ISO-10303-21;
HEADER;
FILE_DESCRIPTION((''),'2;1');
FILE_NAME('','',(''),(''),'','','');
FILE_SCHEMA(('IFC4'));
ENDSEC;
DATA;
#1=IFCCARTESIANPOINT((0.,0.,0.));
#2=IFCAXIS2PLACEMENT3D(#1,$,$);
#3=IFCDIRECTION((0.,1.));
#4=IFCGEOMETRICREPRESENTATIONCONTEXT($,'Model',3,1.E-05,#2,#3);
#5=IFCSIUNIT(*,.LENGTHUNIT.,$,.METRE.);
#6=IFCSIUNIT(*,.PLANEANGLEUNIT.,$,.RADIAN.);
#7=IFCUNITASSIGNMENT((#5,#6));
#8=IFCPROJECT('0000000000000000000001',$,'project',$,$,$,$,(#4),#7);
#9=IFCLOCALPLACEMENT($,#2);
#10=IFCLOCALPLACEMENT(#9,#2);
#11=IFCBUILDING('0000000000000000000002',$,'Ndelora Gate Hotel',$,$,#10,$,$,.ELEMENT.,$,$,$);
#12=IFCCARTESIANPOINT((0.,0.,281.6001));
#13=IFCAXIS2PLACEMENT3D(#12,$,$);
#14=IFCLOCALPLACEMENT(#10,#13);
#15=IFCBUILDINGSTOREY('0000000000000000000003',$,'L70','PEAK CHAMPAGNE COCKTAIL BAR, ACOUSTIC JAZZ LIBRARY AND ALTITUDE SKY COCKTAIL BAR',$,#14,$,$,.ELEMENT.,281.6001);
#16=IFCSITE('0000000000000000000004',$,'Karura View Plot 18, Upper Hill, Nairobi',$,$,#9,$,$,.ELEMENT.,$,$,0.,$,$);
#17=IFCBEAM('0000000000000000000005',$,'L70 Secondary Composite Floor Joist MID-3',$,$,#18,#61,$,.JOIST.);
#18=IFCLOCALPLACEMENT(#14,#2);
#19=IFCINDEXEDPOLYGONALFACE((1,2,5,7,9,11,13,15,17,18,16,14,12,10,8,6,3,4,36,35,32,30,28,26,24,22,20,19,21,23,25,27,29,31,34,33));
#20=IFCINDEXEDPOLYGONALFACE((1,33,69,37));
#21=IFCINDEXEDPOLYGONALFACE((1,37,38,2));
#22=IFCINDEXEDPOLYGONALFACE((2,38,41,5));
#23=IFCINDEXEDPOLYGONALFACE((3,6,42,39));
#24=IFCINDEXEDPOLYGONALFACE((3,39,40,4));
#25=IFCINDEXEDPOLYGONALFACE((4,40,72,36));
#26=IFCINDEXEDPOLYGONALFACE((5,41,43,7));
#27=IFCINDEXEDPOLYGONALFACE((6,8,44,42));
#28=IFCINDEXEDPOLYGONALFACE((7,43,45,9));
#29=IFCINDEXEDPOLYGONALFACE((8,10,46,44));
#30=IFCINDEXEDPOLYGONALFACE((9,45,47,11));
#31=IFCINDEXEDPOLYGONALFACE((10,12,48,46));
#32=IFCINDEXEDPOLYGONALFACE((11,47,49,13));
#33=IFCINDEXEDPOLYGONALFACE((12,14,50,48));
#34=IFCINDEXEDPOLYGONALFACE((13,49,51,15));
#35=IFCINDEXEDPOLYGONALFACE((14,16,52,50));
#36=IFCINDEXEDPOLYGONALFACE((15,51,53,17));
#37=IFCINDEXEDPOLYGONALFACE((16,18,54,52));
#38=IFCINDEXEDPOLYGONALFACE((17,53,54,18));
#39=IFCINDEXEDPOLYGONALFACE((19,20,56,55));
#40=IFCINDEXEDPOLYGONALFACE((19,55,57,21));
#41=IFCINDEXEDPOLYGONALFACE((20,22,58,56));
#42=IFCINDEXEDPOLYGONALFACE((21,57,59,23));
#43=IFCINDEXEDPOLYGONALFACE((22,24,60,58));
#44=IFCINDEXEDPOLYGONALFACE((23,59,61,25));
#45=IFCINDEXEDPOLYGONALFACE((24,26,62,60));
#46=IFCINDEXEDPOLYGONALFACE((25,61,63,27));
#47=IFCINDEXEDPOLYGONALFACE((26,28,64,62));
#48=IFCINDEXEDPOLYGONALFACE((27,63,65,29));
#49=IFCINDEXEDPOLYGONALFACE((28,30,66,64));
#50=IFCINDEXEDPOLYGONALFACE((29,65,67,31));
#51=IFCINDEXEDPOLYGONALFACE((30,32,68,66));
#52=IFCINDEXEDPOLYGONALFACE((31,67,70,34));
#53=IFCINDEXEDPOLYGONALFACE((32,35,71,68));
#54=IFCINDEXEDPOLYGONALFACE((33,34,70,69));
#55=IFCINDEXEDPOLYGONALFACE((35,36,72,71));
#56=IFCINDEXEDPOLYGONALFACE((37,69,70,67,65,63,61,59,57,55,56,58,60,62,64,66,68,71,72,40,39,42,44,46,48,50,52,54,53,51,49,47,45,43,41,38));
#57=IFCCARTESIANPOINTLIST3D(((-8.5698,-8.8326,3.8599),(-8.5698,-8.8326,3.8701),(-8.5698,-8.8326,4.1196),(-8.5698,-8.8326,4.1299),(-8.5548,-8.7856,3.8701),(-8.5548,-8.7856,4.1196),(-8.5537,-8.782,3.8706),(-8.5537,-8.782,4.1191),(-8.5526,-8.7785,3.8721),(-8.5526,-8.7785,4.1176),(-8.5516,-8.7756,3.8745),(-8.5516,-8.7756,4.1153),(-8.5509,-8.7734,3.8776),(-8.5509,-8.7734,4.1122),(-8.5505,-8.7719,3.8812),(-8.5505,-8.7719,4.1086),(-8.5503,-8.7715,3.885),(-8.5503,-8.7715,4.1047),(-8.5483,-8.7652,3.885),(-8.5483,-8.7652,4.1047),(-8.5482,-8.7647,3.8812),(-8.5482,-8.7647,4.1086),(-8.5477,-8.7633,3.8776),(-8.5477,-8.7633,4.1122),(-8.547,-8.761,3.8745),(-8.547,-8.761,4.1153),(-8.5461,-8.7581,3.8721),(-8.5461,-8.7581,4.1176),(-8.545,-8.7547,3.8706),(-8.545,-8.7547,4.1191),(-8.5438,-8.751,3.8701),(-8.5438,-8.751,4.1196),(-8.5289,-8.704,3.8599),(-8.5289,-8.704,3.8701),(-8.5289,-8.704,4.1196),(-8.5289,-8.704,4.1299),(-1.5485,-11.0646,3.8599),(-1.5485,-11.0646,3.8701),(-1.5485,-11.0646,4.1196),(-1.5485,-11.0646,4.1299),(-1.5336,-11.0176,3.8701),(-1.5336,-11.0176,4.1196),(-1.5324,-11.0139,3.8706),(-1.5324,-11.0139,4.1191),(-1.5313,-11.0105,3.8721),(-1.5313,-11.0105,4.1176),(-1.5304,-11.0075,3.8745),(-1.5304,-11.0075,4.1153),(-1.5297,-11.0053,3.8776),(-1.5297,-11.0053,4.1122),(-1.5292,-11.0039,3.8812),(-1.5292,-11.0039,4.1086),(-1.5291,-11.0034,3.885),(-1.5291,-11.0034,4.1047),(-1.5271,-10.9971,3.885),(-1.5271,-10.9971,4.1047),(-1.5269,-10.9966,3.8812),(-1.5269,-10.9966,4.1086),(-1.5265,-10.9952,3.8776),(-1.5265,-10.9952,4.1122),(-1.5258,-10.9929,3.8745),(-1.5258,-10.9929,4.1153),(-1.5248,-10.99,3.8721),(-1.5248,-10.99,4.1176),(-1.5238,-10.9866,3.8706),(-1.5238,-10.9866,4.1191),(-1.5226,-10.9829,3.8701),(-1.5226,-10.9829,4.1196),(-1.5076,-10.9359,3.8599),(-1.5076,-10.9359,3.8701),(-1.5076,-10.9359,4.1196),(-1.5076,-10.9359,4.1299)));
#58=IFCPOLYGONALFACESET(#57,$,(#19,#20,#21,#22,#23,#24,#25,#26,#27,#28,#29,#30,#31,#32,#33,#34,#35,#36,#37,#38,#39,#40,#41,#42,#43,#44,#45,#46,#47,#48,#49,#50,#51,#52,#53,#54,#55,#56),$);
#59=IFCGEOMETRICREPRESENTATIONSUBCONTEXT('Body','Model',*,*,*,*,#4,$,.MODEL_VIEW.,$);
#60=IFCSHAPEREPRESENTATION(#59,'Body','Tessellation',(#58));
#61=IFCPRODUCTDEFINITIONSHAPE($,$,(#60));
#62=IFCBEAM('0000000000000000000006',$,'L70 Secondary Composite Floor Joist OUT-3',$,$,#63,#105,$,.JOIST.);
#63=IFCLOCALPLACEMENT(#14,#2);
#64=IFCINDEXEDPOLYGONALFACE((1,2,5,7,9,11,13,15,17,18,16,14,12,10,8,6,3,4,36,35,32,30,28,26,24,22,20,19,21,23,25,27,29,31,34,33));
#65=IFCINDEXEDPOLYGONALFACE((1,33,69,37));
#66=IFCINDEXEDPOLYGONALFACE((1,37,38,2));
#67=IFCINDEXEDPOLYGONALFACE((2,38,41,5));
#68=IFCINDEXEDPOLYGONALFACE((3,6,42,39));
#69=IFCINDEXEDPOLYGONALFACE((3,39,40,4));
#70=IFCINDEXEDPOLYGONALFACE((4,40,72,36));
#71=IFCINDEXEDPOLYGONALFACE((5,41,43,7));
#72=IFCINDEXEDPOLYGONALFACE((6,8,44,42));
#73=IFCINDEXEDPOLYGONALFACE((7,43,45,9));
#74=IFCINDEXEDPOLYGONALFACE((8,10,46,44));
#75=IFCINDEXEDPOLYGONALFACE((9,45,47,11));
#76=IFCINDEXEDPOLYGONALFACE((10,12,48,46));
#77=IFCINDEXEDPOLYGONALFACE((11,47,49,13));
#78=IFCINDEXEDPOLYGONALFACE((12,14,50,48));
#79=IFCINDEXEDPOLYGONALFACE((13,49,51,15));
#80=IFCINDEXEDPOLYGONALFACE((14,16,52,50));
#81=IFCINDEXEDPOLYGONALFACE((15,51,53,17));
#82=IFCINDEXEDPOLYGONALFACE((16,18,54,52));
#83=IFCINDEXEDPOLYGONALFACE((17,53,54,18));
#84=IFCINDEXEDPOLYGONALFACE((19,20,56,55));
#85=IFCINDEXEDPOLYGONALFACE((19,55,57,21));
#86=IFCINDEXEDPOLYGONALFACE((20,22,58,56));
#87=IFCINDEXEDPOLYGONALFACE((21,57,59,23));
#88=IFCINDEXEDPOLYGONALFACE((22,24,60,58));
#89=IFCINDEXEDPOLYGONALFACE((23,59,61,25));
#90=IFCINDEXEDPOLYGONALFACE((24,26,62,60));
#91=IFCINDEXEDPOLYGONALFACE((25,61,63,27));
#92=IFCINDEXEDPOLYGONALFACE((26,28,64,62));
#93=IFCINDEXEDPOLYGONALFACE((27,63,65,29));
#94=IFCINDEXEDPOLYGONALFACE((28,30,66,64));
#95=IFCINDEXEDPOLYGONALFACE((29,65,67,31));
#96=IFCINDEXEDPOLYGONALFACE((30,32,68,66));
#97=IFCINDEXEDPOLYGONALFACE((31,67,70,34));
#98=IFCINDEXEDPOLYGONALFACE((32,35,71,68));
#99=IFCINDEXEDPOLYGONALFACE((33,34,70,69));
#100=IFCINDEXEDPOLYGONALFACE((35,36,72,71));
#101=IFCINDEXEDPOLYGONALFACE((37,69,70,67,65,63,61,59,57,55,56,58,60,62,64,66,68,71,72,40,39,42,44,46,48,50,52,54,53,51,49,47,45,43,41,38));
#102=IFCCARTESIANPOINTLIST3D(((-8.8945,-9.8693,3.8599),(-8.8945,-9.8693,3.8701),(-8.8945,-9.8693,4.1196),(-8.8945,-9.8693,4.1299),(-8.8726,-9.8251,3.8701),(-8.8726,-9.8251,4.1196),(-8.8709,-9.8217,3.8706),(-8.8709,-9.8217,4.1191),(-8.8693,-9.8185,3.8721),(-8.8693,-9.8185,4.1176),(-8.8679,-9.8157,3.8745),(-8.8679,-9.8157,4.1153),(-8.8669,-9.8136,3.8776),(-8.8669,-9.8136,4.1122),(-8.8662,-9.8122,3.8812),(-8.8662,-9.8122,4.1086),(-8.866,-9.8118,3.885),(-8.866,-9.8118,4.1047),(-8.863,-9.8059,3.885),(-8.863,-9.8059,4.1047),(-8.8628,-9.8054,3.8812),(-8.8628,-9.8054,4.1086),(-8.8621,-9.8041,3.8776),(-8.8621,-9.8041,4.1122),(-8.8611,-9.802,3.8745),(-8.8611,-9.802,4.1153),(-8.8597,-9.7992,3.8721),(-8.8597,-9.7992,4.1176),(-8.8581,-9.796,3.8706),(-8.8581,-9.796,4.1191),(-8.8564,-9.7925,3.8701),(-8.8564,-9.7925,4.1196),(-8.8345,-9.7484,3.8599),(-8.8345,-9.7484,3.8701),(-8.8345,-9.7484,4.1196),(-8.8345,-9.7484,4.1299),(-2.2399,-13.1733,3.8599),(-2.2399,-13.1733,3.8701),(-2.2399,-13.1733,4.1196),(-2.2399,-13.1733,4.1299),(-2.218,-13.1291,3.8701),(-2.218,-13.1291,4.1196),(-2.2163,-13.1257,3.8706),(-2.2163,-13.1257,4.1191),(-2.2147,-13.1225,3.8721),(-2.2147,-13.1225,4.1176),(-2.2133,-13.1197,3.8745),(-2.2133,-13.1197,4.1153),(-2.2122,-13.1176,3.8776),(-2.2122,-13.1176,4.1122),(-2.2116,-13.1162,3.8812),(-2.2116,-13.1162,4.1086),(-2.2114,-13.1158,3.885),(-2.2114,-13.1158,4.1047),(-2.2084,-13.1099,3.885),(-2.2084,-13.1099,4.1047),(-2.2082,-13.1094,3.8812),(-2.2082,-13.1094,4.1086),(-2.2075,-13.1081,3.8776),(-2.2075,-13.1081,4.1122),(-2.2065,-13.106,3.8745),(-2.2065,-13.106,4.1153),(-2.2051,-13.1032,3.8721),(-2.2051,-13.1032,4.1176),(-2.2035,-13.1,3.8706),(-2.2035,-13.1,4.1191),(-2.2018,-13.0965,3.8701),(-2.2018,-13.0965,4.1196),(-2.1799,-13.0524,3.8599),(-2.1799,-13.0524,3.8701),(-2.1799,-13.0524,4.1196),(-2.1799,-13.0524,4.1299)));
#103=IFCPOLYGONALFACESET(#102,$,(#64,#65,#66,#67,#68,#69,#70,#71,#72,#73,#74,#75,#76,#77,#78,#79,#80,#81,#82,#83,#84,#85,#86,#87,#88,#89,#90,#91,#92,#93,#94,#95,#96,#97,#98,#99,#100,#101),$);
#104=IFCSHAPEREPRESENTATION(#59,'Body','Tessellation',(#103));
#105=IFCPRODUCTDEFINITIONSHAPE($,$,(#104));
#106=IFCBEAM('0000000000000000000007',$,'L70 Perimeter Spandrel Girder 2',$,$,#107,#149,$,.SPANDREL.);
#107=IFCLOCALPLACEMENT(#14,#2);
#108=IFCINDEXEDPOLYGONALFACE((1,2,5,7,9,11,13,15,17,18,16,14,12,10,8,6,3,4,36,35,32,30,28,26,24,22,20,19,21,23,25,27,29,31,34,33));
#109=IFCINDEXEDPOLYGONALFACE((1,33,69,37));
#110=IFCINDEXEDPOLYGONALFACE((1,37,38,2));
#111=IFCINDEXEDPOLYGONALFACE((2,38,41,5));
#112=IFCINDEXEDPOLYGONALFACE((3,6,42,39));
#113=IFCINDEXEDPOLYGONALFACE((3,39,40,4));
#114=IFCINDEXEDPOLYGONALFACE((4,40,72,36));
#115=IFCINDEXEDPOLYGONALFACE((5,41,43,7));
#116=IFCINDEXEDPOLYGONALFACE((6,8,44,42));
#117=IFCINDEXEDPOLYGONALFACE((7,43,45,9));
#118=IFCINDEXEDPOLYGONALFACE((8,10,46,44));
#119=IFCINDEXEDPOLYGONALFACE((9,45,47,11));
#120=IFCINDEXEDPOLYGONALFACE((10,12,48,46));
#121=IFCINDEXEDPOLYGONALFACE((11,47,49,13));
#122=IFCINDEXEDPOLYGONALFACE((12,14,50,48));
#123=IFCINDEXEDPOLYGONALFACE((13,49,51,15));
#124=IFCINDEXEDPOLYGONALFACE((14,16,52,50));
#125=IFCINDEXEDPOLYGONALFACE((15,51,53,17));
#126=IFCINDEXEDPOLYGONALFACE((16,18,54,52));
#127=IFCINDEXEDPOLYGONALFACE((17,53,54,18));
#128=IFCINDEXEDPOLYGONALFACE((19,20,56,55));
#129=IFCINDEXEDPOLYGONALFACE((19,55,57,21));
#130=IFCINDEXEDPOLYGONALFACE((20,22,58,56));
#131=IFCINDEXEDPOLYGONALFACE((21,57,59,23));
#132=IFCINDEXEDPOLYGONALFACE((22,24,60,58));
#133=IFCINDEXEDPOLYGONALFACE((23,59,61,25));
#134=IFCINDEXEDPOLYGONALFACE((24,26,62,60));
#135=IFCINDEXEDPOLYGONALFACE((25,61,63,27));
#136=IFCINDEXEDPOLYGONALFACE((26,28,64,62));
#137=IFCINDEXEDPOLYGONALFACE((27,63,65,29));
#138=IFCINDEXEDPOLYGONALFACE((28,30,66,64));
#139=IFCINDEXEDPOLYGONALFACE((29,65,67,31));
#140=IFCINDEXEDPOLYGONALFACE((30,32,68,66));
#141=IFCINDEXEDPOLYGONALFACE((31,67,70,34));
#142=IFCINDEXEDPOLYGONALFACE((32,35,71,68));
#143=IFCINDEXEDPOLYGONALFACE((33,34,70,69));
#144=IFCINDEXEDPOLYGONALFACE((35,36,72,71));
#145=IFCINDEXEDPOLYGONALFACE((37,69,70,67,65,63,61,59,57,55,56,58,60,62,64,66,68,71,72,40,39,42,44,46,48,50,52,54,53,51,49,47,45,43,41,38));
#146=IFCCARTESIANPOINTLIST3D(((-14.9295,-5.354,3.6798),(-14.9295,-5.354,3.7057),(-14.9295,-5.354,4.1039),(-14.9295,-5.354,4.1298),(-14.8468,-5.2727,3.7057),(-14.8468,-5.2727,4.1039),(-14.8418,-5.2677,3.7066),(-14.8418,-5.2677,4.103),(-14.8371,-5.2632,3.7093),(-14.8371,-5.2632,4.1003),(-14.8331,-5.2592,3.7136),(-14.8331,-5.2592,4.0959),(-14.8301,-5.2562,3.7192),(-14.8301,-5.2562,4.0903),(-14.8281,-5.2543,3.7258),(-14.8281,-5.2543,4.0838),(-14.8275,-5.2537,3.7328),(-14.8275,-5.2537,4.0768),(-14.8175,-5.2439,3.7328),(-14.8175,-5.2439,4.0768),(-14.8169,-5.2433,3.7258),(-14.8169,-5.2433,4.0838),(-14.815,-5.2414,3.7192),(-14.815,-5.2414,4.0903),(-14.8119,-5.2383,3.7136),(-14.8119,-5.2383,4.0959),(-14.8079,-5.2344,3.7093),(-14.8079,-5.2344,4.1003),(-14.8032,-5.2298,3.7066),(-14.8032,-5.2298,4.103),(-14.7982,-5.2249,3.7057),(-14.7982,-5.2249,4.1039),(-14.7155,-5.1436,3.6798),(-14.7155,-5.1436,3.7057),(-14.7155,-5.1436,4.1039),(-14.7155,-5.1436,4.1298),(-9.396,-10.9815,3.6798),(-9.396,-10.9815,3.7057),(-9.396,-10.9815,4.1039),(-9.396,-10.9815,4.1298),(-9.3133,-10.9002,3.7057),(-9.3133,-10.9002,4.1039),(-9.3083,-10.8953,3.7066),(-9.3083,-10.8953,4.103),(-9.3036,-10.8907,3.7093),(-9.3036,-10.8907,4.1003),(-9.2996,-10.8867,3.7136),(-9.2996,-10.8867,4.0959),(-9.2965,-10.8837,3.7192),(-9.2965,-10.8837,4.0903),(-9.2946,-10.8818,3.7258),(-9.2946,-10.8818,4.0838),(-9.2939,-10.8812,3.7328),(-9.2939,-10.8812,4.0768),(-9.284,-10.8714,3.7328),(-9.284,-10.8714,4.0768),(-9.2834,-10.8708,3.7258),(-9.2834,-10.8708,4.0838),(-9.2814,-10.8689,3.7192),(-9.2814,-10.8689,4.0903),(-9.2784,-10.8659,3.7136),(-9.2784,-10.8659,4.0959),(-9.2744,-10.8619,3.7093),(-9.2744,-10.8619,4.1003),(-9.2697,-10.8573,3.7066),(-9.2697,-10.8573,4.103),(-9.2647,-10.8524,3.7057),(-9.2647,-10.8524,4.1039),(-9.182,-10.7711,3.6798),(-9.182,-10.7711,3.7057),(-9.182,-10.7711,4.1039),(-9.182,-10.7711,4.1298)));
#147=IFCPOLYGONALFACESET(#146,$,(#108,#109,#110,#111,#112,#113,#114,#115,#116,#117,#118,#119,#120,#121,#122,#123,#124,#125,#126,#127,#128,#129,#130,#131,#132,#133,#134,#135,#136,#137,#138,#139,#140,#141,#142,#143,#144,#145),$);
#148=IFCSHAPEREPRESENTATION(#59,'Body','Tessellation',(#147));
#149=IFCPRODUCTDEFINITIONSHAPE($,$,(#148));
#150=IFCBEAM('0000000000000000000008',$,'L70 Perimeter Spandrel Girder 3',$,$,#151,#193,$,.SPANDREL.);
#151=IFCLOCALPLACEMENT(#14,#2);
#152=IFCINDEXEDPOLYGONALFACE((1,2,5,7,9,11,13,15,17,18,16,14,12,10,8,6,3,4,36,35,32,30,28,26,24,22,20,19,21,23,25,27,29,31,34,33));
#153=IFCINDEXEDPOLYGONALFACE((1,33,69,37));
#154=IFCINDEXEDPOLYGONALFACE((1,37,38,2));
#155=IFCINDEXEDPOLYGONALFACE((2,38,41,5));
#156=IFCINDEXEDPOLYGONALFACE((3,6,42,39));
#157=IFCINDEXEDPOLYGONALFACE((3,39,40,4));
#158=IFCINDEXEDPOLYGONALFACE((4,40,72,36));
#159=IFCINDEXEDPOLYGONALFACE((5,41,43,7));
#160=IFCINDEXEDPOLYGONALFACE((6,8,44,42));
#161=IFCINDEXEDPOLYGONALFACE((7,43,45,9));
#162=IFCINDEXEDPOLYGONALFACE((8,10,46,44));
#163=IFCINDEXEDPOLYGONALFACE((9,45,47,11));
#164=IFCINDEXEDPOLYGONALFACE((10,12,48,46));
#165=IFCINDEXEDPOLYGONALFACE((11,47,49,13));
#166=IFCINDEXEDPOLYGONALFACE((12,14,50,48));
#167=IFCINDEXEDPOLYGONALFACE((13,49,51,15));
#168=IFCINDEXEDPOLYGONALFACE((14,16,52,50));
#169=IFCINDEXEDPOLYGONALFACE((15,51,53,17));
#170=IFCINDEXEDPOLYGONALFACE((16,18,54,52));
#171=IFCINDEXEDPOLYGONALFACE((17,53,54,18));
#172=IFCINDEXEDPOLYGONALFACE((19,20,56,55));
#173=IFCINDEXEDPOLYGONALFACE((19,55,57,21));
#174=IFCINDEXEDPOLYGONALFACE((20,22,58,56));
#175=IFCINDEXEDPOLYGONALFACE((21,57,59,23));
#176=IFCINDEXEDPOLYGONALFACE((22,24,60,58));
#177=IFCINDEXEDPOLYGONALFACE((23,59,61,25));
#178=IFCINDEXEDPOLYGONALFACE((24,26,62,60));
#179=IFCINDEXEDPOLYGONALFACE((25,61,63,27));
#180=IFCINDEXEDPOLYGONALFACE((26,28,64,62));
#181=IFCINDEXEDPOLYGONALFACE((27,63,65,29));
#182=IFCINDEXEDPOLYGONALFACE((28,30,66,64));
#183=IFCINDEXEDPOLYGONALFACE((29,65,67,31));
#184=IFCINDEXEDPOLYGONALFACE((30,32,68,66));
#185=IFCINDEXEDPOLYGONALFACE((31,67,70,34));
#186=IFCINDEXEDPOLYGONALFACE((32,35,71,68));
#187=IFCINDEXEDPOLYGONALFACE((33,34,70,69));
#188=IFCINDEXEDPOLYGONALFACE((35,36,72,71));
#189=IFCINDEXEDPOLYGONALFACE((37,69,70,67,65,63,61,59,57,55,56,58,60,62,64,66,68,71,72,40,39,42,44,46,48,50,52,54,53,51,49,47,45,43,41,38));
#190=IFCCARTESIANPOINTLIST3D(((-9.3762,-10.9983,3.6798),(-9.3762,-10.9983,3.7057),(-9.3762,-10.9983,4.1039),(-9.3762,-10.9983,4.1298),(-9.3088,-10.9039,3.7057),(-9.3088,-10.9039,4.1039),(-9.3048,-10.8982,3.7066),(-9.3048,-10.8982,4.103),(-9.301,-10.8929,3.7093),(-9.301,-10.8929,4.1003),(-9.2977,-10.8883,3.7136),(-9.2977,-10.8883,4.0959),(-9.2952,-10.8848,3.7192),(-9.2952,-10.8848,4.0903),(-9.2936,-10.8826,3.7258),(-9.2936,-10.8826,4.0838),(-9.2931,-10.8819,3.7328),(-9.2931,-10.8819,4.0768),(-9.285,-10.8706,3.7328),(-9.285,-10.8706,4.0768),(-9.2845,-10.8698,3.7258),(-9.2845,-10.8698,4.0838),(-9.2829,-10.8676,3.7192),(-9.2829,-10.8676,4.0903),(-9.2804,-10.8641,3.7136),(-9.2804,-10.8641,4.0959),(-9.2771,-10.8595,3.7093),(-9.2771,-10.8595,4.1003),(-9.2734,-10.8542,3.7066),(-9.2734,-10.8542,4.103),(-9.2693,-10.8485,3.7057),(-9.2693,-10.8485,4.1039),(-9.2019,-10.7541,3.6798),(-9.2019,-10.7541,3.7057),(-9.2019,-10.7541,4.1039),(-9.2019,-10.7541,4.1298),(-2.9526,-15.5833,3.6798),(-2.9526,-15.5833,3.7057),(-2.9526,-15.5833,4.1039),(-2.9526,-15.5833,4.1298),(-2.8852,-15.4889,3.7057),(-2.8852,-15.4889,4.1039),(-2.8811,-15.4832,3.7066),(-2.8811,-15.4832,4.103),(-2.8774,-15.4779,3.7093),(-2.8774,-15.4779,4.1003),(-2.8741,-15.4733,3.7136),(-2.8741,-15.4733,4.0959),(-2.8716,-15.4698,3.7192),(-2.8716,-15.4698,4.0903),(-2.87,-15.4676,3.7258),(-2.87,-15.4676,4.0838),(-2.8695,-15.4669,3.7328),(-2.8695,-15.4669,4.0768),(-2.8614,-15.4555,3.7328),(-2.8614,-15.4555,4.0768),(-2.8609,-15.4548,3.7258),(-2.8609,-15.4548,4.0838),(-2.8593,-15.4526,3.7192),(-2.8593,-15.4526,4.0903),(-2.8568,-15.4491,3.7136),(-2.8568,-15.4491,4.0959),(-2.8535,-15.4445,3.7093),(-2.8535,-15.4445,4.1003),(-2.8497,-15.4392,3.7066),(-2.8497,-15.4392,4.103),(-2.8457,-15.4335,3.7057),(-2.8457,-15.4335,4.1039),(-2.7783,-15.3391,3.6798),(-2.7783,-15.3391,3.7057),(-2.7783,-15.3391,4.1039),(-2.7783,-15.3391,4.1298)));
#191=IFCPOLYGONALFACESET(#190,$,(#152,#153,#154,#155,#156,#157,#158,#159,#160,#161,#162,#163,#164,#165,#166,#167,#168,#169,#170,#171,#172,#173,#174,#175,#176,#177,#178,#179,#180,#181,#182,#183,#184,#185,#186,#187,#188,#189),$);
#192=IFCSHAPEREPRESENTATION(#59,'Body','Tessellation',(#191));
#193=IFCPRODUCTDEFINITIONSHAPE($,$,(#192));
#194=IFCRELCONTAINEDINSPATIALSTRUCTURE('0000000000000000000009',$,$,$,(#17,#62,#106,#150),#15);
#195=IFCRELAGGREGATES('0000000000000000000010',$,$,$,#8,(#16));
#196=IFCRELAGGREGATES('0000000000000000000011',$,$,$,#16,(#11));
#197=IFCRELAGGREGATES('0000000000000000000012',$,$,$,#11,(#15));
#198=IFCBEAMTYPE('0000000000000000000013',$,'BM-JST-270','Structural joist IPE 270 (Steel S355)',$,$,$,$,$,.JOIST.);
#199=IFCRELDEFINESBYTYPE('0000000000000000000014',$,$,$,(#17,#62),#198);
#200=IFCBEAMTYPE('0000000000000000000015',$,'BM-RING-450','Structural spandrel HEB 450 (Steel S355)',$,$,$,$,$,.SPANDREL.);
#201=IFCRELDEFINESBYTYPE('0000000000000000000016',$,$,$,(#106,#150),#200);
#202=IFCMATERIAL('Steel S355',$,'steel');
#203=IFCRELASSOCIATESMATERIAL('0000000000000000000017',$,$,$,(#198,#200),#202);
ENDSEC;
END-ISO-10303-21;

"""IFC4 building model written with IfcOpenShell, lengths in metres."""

from ifc_helpers import new_model, si_unit, direction, frame, origin, origin_2d, place, context, subcontext, project, spatial, i_section, extrude, material, material_profile, profile_set, type_object, element, save


model = new_model("IFC4")

# Units and contexts
model_context = context("Model", 3, precision=1e-05, world=origin(), true_north=direction((0.0, 1.0)))
body_context = subcontext(model_context, "Body", "Model", "MODEL_VIEW")
ifc_project = project(units=[si_unit("LENGTHUNIT", "METRE"), si_unit("PLANEANGLEUNIT", "RADIAN")], contexts=[model_context])

# Site, building, storey
site_placement = place(None, origin())
site = spatial("IfcSite", under=ifc_project, at=site_placement, Name="Karura View Plot 18, Upper Hill, Nairobi", CompositionType="ELEMENT", RefElevation=0.0)
building_placement = place(site_placement, origin())
building = spatial("IfcBuilding", under=site, at=building_placement, Name="Ndelora Gate Hotel", CompositionType="ELEMENT")
storey_placement = place(building_placement, frame((0.0, 0.0, 281.6001)))
storey = spatial("IfcBuildingStorey", under=building, at=storey_placement, Name="L70", Description="PEAK CHAMPAGNE COCKTAIL BAR, ACOUSTIC JAZZ LIBRARY AND ALTITUDE SKY COCKTAIL BAR", CompositionType="ELEMENT", Elevation=281.6001)

# Beams
ifc_material_1 = material(Name="Steel S355", Category="steel")
ifc_material_profile_1 = material_profile(ifc_material_1, i_section(OverallWidth=0.135, OverallDepth=0.27, WebThickness=0.0066, FlangeThickness=0.0103, FilletRadius=0.0149, at=origin_2d()), Name="IPE 270")
ifc_profile_set_1 = profile_set([ifc_material_profile_1], Name="Steel S355")
beam_type_1 = type_object("IfcBeamType", Name="BM-JST-270", Description="Structural joist IPE 270 (Steel S355)", PredefinedType="JOIST", material=ifc_profile_set_1)
beam_1_placement = place(storey_placement, frame((-8.5493, -8.7683, 3.9949), z_axis=(0.953008, -0.302945, 0.0), x_axis=(0.302945, 0.953008, 0.0)))
element("IfcBeam", 1, at=beam_1_placement, inside=storey, type_object=beam_type_1, Name="L70 Secondary Composite Floor Joist MID-3", PredefinedType="JOIST", context=body_context, shape_type="SweptSolid", body=[
    extrude(i_section(OverallWidth=0.135, OverallDepth=0.27, WebThickness=0.0066, FlangeThickness=0.0103, FilletRadius=0.0149, at=origin_2d()), origin(), (0.0, 0.0, 1.0), 7.3674),
])
beam_2_placement = place(storey_placement, frame((-8.8645, -9.8088, 3.9949), z_axis=(0.895679, -0.444701, 0.0), x_axis=(0.444701, 0.895679, 0.0)))
element("IfcBeam", 2, at=beam_2_placement, inside=storey, type_object=beam_type_1, Name="L70 Secondary Composite Floor Joist OUT-3", PredefinedType="JOIST", context=body_context, shape_type="SweptSolid", body=[
    extrude(i_section(OverallWidth=0.135, OverallDepth=0.27, WebThickness=0.0066, FlangeThickness=0.0103, FilletRadius=0.0149, at=origin_2d()), origin(), (0.0, 0.0, 1.0), 7.4297),
])
ifc_material_profile_2 = material_profile(ifc_material_1, i_section(OverallWidth=0.3, OverallDepth=0.45, WebThickness=0.0139, FlangeThickness=0.0259, FilletRadius=0.0271, at=origin_2d()), Name="HEB 450")
ifc_profile_set_2 = profile_set([ifc_material_profile_2], Name="Steel S355")
beam_type_2 = type_object("IfcBeamType", Name="BM-RING-450", Description="Structural spandrel HEB 450 (Steel S355)", PredefinedType="SPANDREL", material=ifc_profile_set_2)
beam_3_placement = place(storey_placement, frame((-14.8225, -5.2488, 3.9048), z_axis=(0.701127, -0.713037, 0.0), x_axis=(0.713037, 0.701127, 0.0)))
element("IfcBeam", 3, at=beam_3_placement, inside=storey, type_object=beam_type_2, Name="L70 Perimeter Spandrel Girder 2", PredefinedType="SPANDREL", context=body_context, shape_type="SweptSolid", body=[
    extrude(i_section(OverallWidth=0.3, OverallDepth=0.45, WebThickness=0.0139, FlangeThickness=0.0259, FilletRadius=0.0271, at=origin_2d()), origin(), (0.0, 0.0, 1.0), 7.8923),
])
beam_4_placement = place(storey_placement, frame((-9.2891, -10.8762, 3.9048), z_axis=(0.813932, -0.58096, 0.0), x_axis=(0.58096, 0.813932, 0.0)))
element("IfcBeam", 4, at=beam_4_placement, inside=storey, type_object=beam_type_2, Name="L70 Perimeter Spandrel Girder 3", PredefinedType="SPANDREL", context=body_context, shape_type="SweptSolid", body=[
    extrude(i_section(OverallWidth=0.3, OverallDepth=0.45, WebThickness=0.0139, FlangeThickness=0.0259, FilletRadius=0.0271, at=origin_2d()), origin(), (0.0, 0.0, 1.0), 7.8921),
])

save(model, "model.ifc")
